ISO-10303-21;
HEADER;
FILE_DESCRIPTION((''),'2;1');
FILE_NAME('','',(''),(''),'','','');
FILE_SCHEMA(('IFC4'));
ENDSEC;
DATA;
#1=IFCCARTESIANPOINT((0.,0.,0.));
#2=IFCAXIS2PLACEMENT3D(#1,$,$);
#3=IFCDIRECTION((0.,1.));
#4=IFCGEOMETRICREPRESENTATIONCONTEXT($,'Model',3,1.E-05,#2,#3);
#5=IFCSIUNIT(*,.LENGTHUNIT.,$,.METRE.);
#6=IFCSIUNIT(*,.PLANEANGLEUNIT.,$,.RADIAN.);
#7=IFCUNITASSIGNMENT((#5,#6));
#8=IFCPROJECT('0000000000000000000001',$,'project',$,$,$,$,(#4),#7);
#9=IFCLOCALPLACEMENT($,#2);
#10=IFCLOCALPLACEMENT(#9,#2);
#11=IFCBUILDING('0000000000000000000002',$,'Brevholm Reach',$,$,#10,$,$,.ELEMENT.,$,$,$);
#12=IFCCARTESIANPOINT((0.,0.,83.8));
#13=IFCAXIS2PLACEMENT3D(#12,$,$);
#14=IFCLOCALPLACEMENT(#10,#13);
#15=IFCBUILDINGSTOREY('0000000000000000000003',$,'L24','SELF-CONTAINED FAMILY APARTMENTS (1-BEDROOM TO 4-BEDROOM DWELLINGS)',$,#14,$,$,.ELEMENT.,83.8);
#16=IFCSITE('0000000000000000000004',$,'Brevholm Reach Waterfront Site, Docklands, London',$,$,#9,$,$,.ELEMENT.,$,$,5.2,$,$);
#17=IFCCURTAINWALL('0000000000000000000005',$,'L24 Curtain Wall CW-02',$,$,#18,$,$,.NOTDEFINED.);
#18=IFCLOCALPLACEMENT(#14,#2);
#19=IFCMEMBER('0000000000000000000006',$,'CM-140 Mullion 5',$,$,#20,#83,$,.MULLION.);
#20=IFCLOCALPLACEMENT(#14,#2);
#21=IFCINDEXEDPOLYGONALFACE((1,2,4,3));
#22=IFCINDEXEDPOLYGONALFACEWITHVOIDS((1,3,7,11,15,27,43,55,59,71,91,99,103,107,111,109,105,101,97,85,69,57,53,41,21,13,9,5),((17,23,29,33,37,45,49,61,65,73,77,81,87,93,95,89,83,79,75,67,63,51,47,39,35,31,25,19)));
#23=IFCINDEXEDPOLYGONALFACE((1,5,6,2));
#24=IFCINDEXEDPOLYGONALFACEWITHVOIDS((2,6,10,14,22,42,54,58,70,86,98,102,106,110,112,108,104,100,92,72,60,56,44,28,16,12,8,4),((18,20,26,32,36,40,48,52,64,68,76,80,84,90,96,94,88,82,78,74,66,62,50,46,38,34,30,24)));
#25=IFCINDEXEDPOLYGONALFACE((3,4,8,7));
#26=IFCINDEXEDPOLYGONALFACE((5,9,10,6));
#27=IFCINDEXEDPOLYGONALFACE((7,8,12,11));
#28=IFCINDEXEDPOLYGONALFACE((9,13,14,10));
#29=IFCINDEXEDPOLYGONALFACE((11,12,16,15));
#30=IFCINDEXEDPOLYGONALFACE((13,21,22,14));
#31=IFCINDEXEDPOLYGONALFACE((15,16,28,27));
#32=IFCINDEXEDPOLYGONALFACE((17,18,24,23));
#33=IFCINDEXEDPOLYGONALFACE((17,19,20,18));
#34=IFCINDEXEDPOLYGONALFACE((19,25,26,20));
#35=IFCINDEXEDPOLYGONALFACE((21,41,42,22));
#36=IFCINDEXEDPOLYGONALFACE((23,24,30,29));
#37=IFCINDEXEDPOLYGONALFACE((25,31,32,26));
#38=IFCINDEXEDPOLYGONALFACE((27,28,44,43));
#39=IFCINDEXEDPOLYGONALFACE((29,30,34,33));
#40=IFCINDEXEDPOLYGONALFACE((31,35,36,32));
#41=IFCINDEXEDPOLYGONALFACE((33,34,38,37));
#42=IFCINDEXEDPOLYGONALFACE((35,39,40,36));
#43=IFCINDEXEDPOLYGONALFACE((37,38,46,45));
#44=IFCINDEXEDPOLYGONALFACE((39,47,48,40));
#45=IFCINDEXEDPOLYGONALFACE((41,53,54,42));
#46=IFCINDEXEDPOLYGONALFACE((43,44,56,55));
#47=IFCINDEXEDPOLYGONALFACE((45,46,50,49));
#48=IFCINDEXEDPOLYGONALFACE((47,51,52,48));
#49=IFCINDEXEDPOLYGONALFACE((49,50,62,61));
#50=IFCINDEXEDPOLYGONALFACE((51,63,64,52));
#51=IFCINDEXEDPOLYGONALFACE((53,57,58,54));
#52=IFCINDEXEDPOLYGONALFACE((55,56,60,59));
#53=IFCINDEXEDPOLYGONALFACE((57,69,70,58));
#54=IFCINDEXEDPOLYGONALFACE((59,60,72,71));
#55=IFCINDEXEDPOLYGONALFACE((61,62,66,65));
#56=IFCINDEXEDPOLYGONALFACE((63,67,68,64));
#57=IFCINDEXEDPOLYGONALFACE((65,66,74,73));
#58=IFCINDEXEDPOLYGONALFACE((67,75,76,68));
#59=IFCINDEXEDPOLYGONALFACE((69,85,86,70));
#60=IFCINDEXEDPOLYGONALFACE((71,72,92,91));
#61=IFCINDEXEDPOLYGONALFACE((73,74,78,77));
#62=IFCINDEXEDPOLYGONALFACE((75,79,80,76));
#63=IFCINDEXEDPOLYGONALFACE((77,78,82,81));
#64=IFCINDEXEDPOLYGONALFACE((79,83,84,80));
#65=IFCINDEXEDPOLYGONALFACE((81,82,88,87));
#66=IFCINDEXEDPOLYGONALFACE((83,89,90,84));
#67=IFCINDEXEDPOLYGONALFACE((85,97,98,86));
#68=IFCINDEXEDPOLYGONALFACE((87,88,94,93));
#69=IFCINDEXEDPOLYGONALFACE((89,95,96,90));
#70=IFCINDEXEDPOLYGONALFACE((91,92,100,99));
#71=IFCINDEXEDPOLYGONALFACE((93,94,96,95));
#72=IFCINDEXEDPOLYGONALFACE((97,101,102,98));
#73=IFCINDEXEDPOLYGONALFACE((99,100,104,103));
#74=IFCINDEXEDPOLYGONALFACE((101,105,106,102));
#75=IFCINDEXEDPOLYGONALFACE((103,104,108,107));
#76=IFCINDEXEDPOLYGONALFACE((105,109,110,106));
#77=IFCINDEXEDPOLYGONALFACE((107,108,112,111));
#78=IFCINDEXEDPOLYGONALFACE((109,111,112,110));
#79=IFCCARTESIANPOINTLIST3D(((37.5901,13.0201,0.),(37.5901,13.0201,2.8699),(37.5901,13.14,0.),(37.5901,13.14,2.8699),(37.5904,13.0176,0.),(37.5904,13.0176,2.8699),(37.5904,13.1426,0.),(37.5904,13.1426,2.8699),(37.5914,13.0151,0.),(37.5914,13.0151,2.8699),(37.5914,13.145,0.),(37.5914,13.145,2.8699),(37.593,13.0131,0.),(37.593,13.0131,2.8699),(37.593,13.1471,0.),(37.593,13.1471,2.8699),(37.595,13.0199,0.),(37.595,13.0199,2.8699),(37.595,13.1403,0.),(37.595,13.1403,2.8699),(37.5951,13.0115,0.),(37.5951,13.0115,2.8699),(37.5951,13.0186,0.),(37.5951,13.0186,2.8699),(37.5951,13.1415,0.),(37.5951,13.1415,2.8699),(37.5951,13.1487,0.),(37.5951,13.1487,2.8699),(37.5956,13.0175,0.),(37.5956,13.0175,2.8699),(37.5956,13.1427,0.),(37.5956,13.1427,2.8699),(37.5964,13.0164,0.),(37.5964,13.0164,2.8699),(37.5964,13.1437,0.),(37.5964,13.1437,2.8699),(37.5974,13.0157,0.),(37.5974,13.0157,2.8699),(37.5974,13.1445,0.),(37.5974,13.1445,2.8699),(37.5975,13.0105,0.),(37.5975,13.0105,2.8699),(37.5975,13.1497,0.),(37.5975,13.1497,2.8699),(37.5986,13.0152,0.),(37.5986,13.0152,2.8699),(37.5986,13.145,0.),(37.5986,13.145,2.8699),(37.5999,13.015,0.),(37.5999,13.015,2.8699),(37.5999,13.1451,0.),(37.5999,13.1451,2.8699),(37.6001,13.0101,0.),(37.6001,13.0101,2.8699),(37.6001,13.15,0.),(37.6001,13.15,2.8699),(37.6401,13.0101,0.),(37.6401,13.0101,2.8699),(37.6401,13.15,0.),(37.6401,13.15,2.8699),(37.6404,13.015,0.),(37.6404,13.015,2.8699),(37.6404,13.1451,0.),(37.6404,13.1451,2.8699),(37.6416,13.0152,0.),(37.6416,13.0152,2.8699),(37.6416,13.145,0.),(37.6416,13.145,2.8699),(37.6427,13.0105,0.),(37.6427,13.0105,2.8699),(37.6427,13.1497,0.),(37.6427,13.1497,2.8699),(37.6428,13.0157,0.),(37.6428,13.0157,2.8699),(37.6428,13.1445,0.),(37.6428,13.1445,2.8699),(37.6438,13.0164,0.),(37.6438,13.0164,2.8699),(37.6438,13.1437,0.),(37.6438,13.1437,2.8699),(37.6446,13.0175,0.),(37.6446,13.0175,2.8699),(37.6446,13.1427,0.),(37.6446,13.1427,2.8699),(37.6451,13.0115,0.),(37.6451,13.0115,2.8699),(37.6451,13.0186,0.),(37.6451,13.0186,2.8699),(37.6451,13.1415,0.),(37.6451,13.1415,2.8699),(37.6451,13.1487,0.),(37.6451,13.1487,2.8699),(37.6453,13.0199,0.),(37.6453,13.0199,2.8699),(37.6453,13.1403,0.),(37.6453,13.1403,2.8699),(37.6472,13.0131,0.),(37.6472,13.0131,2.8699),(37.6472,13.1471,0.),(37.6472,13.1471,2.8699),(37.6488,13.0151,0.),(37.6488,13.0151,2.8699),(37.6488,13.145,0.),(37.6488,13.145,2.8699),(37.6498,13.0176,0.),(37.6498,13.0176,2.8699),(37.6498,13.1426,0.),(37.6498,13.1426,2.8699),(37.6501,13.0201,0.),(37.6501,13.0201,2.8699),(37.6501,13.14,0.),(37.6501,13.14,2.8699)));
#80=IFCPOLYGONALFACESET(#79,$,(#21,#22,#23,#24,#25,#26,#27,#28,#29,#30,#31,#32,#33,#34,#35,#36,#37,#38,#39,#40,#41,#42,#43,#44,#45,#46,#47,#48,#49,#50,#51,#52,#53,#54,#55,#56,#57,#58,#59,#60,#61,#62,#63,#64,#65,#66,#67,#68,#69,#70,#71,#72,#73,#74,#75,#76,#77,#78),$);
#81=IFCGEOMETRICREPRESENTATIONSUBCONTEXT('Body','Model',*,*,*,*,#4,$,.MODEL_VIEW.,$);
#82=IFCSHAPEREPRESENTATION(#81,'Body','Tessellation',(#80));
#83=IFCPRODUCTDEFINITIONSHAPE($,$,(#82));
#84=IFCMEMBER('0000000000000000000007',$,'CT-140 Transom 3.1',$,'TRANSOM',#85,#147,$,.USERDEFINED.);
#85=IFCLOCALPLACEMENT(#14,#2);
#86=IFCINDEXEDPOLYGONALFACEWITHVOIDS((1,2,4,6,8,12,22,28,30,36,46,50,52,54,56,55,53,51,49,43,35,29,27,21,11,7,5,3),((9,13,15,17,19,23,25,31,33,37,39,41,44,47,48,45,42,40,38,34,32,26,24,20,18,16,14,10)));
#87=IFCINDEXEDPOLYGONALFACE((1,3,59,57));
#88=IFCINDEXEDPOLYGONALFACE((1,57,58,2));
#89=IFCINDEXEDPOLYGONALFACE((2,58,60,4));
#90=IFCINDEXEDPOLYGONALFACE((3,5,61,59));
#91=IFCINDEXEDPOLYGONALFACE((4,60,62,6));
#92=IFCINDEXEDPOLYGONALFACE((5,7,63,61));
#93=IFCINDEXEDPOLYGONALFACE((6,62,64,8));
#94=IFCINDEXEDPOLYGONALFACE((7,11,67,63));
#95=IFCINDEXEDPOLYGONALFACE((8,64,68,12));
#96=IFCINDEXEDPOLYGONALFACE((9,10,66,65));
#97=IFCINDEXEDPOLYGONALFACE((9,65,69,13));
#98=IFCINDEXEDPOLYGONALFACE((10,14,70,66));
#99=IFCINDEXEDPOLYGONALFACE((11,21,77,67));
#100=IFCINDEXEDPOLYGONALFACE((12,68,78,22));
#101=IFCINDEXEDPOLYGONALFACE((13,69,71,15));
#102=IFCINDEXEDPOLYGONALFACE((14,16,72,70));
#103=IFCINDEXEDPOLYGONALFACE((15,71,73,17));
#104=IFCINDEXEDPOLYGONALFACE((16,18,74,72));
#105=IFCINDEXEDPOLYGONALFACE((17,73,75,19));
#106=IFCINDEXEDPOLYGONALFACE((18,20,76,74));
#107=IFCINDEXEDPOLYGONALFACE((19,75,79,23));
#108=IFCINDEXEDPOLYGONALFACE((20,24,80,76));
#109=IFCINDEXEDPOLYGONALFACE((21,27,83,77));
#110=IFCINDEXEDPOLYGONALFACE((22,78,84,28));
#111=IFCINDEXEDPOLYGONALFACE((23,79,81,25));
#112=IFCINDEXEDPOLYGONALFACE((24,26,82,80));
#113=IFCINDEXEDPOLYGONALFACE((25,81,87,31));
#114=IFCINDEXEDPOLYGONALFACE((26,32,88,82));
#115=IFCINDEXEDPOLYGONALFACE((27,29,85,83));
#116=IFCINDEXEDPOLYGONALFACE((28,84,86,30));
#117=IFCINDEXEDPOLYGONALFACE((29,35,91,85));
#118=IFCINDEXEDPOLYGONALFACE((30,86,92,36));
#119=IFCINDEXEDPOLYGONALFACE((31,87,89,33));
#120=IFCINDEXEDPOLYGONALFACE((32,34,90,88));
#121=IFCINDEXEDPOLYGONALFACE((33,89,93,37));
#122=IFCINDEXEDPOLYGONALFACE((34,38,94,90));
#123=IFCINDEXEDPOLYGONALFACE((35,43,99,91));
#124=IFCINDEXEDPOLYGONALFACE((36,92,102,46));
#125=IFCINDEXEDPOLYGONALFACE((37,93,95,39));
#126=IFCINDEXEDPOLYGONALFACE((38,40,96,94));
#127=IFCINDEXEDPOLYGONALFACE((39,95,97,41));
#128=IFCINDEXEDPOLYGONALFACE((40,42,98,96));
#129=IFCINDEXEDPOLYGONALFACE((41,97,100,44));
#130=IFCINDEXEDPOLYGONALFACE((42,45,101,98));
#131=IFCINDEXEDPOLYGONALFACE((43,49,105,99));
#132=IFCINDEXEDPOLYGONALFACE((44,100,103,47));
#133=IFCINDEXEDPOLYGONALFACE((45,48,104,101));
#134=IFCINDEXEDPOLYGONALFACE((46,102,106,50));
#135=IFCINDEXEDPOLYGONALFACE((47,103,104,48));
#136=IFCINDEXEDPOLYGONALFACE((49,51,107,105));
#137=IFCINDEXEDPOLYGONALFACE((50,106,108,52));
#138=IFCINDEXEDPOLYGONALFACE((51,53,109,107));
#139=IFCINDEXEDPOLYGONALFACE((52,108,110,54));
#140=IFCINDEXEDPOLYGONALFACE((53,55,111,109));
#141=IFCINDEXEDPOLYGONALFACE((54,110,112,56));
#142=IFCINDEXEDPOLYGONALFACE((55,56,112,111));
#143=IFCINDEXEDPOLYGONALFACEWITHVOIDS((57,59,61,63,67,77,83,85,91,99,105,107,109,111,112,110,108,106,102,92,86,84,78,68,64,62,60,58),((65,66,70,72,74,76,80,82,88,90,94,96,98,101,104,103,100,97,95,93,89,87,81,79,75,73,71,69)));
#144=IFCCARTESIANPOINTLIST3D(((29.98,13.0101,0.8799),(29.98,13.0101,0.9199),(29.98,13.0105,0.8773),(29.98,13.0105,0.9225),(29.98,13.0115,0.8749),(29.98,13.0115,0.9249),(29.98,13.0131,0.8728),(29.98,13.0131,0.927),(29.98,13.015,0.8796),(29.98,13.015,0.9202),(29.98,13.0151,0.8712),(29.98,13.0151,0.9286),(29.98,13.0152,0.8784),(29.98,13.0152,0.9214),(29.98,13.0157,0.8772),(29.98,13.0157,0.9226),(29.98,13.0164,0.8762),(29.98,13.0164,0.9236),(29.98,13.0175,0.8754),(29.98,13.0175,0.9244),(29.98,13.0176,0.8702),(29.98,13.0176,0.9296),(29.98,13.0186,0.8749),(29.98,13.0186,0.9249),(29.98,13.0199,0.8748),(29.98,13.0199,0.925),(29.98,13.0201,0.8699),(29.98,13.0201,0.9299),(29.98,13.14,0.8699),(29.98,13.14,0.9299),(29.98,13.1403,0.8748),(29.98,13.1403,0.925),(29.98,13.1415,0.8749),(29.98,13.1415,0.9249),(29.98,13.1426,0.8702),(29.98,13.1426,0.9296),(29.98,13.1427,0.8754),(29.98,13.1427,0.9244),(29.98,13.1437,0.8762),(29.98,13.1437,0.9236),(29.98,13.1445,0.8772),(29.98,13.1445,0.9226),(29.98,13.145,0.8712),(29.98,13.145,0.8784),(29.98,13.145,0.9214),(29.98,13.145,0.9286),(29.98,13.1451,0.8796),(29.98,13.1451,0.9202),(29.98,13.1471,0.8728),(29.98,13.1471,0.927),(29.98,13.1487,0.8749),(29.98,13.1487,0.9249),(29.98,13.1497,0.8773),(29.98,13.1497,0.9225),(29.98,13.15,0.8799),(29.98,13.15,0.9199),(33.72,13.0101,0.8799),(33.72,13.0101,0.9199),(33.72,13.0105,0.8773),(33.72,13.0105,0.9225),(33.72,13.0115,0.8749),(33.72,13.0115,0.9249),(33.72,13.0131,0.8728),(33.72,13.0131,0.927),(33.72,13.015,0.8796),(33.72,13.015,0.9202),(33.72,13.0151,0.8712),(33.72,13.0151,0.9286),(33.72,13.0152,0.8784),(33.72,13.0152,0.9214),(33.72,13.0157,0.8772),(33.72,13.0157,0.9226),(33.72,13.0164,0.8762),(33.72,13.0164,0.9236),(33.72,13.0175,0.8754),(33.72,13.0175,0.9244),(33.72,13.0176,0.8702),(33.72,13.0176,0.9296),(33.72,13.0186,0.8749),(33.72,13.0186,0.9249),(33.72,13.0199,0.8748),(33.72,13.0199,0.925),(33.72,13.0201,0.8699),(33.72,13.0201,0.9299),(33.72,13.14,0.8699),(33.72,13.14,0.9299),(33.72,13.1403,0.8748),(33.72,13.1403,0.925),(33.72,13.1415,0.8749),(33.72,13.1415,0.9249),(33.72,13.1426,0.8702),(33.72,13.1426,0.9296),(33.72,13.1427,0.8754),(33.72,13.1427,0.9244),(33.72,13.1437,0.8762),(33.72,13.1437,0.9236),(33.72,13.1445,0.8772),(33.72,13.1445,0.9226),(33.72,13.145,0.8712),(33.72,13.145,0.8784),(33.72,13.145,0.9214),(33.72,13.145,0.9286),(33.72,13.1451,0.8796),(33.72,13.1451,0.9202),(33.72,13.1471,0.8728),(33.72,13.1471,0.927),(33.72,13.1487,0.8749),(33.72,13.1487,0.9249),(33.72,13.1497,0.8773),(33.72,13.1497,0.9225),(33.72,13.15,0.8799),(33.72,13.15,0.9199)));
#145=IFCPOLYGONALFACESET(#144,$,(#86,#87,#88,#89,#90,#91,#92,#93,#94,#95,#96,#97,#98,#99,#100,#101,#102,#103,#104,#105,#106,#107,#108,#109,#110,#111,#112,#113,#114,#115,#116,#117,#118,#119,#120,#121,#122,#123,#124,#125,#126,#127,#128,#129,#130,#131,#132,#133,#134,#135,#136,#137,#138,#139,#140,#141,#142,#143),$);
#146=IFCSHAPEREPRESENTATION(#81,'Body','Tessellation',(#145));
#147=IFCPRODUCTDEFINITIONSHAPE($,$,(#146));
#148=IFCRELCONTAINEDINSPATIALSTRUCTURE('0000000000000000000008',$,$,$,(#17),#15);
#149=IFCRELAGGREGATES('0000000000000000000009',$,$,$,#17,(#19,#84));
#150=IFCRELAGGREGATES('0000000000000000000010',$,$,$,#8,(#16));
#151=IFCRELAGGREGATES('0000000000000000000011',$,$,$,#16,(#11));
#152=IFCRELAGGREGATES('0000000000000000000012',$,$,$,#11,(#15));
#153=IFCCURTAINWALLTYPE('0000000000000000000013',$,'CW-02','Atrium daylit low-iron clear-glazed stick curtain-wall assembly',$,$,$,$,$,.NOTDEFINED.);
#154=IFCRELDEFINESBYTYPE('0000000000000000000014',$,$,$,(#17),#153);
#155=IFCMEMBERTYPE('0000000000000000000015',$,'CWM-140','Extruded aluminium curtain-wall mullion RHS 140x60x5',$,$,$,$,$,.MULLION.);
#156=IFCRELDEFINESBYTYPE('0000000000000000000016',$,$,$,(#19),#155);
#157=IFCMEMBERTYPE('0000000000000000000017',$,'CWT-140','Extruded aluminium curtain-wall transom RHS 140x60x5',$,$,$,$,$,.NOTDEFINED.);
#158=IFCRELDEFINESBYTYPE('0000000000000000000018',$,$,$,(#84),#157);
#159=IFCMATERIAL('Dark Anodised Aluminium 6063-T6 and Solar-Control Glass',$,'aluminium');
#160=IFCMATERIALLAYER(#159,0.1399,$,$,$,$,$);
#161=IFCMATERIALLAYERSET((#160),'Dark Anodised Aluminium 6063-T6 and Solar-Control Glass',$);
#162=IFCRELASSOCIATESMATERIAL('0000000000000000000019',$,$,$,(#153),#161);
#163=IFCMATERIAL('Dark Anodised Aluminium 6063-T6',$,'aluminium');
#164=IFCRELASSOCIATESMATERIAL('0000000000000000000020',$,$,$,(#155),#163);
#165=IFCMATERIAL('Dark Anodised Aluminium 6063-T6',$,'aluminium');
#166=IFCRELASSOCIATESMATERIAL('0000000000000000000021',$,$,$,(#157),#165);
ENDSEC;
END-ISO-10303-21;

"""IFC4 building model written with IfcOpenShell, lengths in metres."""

from ifc_helpers import new_model, si_unit, direction, frame, origin, origin_2d, place, context, subcontext, project, spatial, hollow_rectangle, extrude, material, layer, layer_set, material_profile, profile_set, type_object, element, aggregate, save


model = new_model("IFC4")

# Units and contexts
model_context = context("Model", 3, precision=1e-05, world=origin(), true_north=direction((0.0, 1.0)))
body_context = subcontext(model_context, "Body", "Model", "MODEL_VIEW")
ifc_project = project(units=[si_unit("LENGTHUNIT", "METRE"), si_unit("PLANEANGLEUNIT", "RADIAN")], contexts=[model_context])

# Site, building, storey
site_placement = place(None, origin())
site = spatial("IfcSite", under=ifc_project, at=site_placement, Name="Brevholm Reach Waterfront Site, Docklands, London", CompositionType="ELEMENT", RefElevation=5.2)
building_placement = place(site_placement, origin())
building = spatial("IfcBuilding", under=site, at=building_placement, Name="Brevholm Reach", CompositionType="ELEMENT")
storey_placement = place(building_placement, frame((0.0, 0.0, 83.8)))
storey = spatial("IfcBuildingStorey", under=building, at=storey_placement, Name="L24", Description="SELF-CONTAINED FAMILY APARTMENTS (1-BEDROOM TO 4-BEDROOM DWELLINGS)", CompositionType="ELEMENT", Elevation=83.8)

# Curtain wall, members
ifc_material_1 = material(Name="Dark Anodised Aluminium 6063-T6 and Solar-Control Glass", Category="aluminium")
ifc_layer_1 = layer(ifc_material_1, 0.1399)
ifc_layer_set_1 = layer_set([ifc_layer_1], Name="Dark Anodised Aluminium 6063-T6 and Solar-Control Glass")
curtain_wall_type = type_object("IfcCurtainWallType", Name="CW-02", Description="Atrium daylit low-iron clear-glazed stick curtain-wall assembly", PredefinedType="NOTDEFINED", material=ifc_layer_set_1)
curtain_wall_placement = place(storey_placement, origin())
curtain_wall = element("IfcCurtainWall", 1, at=curtain_wall_placement, inside=storey, type_object=curtain_wall_type, Name="L24 Curtain Wall CW-02", PredefinedType="NOTDEFINED")
ifc_material_2 = material(Name="Dark Anodised Aluminium 6063-T6", Category="aluminium")
ifc_material_profile_1 = material_profile(ifc_material_2, hollow_rectangle(XDim=0.0601, YDim=0.1399, WallThickness=0.0049, InnerFilletRadius=0.0049, OuterFilletRadius=0.01, at=origin_2d()), Name="RHS 140x60x5")
ifc_profile_set_1 = profile_set([ifc_material_profile_1], Name="Dark Anodised Aluminium 6063-T6")
member_type_1 = type_object("IfcMemberType", Name="CWM-140", Description="Extruded aluminium curtain-wall mullion RHS 140x60x5", PredefinedType="MULLION", material=ifc_profile_set_1)
member_1_placement = place(storey_placement, frame((37.6201, 13.0801, 0.0), z_axis=(0.0, 0.0, 1.0), x_axis=(1.0, 0.0, 0.0)))
member_1 = element("IfcMember", 2, at=member_1_placement, type_object=member_type_1, Name="CM-140 Mullion 5", PredefinedType="MULLION", context=body_context, shape_type="SweptSolid", body=[
    extrude(hollow_rectangle(XDim=0.0601, YDim=0.1399, WallThickness=0.0049, InnerFilletRadius=0.0049, OuterFilletRadius=0.01, at=origin_2d()), origin(), (0.0, 0.0, 1.0), 2.8699),
])
ifc_material_3 = material(Name="Dark Anodised Aluminium 6063-T6", Category="aluminium")
ifc_material_profile_2 = material_profile(ifc_material_3, hollow_rectangle(XDim=0.0601, YDim=0.1399, WallThickness=0.0049, InnerFilletRadius=0.0049, OuterFilletRadius=0.01, at=origin_2d()), Name="RHS 140x60x5")
ifc_profile_set_2 = profile_set([ifc_material_profile_2], Name="Dark Anodised Aluminium 6063-T6")
member_type_2 = type_object("IfcMemberType", Name="CWT-140", Description="Extruded aluminium curtain-wall transom RHS 140x60x5", PredefinedType="NOTDEFINED", material=ifc_profile_set_2)
member_2_placement = place(storey_placement, frame((29.98, 13.0801, 0.8999), z_axis=(1.0, 0.0, 0.0), x_axis=(0.0, 0.0, 1.0)))
member_2 = element("IfcMember", 3, at=member_2_placement, type_object=member_type_2, Name="CT-140 Transom 3.1", ObjectType="TRANSOM", PredefinedType="USERDEFINED", context=body_context, shape_type="SweptSolid", body=[
    extrude(hollow_rectangle(XDim=0.0601, YDim=0.1399, WallThickness=0.0049, InnerFilletRadius=0.0049, OuterFilletRadius=0.01, at=origin_2d()), origin(), (0.0, 0.0, 1.0), 3.74),
])
aggregate(curtain_wall, [member_1, member_2])

save(model, "model.ifc")
